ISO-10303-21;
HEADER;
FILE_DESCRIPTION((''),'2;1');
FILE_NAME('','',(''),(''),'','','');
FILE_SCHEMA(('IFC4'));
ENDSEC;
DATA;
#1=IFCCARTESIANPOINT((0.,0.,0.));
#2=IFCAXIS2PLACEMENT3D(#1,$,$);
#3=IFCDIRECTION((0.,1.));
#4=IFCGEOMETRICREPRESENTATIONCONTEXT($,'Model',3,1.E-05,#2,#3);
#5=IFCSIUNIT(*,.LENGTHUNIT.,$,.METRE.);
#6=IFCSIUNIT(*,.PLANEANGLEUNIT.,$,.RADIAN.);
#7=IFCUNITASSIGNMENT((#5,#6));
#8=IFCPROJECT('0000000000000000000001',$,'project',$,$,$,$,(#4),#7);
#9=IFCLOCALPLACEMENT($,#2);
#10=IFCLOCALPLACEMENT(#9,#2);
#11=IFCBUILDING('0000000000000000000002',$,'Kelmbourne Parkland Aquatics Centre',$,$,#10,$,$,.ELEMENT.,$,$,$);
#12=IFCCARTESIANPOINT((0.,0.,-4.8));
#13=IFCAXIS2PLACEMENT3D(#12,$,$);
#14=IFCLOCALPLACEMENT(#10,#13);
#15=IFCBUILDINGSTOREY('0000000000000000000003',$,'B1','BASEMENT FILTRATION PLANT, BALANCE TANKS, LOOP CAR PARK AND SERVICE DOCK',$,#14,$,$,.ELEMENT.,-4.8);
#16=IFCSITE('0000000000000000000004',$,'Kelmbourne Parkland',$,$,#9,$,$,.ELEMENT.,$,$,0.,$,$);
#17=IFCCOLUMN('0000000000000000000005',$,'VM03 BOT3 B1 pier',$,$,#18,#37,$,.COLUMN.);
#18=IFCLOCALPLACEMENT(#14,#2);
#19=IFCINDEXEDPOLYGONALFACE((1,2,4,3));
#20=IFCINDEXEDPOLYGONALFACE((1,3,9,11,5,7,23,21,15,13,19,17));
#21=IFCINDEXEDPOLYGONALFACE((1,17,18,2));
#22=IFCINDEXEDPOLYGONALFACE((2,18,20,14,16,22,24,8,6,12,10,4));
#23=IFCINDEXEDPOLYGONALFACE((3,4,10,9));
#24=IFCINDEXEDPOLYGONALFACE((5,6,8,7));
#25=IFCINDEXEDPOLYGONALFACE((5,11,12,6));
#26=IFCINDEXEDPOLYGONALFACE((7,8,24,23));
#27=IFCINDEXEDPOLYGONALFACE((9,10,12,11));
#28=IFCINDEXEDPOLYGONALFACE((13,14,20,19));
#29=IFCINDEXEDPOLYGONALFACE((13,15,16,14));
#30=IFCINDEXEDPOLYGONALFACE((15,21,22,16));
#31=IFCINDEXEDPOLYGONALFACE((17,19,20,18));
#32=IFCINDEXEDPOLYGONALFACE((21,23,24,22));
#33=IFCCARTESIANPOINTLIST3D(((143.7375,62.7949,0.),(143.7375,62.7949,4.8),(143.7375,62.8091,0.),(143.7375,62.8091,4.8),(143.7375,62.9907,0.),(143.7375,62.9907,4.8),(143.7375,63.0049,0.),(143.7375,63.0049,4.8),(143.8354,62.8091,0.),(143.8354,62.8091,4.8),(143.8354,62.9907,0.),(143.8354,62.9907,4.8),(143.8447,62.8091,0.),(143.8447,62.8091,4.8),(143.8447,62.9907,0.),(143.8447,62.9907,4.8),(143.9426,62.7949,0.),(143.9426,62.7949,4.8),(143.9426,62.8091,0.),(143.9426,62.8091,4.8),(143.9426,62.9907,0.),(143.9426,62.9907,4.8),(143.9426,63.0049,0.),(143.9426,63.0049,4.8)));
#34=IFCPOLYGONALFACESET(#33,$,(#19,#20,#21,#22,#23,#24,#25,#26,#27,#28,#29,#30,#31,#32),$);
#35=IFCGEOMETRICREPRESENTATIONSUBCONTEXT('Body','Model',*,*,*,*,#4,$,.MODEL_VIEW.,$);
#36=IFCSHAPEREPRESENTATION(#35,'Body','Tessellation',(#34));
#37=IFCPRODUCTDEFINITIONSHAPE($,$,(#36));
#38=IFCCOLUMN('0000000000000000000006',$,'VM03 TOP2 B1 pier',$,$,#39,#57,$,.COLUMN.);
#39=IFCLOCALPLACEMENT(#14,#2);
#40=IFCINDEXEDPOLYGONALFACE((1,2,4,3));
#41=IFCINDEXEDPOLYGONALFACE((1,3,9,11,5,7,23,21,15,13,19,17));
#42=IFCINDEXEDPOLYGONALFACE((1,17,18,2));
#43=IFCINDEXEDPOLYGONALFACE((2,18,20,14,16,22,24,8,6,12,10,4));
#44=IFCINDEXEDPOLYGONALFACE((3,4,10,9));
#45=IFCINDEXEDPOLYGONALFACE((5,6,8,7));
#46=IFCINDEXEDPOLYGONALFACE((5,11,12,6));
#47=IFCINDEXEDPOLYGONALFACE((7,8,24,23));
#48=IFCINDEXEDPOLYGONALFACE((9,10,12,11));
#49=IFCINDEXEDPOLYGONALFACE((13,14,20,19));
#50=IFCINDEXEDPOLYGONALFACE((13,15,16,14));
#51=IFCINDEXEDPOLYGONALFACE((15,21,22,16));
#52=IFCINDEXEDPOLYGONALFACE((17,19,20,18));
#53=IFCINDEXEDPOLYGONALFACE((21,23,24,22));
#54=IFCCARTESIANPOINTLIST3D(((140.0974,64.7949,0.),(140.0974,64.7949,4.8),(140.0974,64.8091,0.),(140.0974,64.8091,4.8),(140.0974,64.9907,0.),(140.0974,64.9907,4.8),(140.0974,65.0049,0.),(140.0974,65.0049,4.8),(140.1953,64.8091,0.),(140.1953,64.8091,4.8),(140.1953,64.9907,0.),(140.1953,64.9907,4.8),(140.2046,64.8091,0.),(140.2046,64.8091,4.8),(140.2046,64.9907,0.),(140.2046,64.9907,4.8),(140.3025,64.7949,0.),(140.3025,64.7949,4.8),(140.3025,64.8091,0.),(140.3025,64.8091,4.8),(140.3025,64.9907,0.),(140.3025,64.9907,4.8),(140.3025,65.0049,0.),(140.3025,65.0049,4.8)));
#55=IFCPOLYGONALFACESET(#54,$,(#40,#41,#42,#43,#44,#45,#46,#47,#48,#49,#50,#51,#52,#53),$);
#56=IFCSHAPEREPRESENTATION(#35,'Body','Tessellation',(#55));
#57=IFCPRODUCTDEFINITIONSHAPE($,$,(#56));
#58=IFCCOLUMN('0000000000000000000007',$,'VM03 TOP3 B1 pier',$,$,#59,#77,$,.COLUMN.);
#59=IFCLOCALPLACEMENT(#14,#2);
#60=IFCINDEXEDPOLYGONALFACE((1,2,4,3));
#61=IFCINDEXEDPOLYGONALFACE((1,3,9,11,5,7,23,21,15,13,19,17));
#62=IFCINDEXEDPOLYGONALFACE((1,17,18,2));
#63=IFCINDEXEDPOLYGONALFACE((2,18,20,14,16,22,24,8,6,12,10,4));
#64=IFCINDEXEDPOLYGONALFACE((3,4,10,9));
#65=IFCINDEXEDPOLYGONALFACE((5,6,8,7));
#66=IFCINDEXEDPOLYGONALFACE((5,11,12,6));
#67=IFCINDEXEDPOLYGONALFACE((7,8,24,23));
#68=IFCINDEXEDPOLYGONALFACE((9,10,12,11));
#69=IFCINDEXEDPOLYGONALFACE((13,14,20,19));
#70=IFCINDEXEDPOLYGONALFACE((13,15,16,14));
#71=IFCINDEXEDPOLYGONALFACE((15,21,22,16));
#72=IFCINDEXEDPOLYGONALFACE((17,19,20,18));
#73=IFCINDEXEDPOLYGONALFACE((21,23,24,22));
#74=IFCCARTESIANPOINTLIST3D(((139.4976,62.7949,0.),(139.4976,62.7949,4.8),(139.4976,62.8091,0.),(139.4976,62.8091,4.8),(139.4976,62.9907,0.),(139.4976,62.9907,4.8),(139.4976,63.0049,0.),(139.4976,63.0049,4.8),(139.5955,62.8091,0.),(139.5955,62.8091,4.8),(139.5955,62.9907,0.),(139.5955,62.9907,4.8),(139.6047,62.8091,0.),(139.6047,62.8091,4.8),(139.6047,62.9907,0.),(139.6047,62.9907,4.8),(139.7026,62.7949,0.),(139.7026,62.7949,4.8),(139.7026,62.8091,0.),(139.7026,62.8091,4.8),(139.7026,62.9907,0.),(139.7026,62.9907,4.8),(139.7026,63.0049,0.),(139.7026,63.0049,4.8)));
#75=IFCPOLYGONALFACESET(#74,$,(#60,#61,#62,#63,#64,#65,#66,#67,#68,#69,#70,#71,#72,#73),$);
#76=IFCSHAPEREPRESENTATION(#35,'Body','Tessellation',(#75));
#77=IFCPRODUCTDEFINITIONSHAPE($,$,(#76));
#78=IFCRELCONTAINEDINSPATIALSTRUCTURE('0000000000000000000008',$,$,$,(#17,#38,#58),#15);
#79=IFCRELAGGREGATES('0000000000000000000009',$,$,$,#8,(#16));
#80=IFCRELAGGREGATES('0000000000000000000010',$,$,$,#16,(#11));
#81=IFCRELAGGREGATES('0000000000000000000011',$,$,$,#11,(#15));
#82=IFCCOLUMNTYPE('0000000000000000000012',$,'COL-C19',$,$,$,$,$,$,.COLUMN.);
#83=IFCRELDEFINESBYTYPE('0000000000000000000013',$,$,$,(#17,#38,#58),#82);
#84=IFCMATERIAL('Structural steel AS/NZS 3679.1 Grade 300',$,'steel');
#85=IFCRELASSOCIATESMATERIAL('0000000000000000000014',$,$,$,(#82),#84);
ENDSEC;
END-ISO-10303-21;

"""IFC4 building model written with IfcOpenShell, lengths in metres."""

from ifc_helpers import new_model, si_unit, direction, frame, origin, origin_2d, place, context, subcontext, project, spatial, i_section, extrude, material, material_profile, profile_set, type_object, element, save


model = new_model("IFC4")

# Units and contexts
model_context = context("Model", 3, precision=1e-05, world=origin(), true_north=direction((0.0, 1.0)))
body_context = subcontext(model_context, "Body", "Model", "MODEL_VIEW")
ifc_project = project(units=[si_unit("LENGTHUNIT", "METRE"), si_unit("PLANEANGLEUNIT", "RADIAN")], contexts=[model_context])

# Site, building, storey
site_placement = place(None, origin())
site = spatial("IfcSite", under=ifc_project, at=site_placement, Name="Kelmbourne Parkland", CompositionType="ELEMENT", RefElevation=0.0)
building_placement = place(site_placement, origin())
building = spatial("IfcBuilding", under=site, at=building_placement, Name="Kelmbourne Parkland Aquatics Centre", CompositionType="ELEMENT")
storey_placement = place(building_placement, frame((0.0, 0.0, -4.8)))
storey = spatial("IfcBuildingStorey", under=building, at=storey_placement, Name="B1", Description="BASEMENT FILTRATION PLANT, BALANCE TANKS, LOOP CAR PARK AND SERVICE DOCK", CompositionType="ELEMENT", Elevation=-4.8)

# Columns
ifc_material_1 = material(Name="Structural steel AS/NZS 3679.1 Grade 300", Category="steel")
ifc_material_profile_1 = material_profile(ifc_material_1, i_section(OverallWidth=0.2051, OverallDepth=0.21, WebThickness=0.0093, FlangeThickness=0.0142, at=origin_2d()), Name="200UC59.5")
ifc_profile_set_1 = profile_set([ifc_material_profile_1], Name="Structural steel AS/NZS 3679.1 Grade 300")
column_type_1 = type_object("IfcColumnType", Name="COL-C19", PredefinedType="COLUMN", material=ifc_profile_set_1)
for number, where, z_axis, x_axis, name in (
    (1, (143.8401, 62.8999, 0.0), (0.0, 0.0, 1.0), (1.0, 0.0, 0.0), "VM03 BOT3 B1 pier"),
    (2, (140.2, 64.8999, 0.0), (0.0, 0.0, 1.0), (1.0, 0.0, 0.0), "VM03 TOP2 B1 pier"),
    (3, (139.6001, 62.8999, 0.0), (0.0, 0.0, 1.0), (1.0, 0.0, 0.0), "VM03 TOP3 B1 pier"),
):
    element("IfcColumn", number, at=place(storey_placement, frame(where, z_axis=z_axis, x_axis=x_axis)), inside=storey, type_object=column_type_1, Name=name, PredefinedType="COLUMN", context=body_context, shape_type="SweptSolid", body=[
        extrude(i_section(OverallWidth=0.2051, OverallDepth=0.21, WebThickness=0.0093, FlangeThickness=0.0142, at=origin_2d()), origin(), (0.0, 0.0, 1.0), 4.8),
    ])

save(model, "model.ifc")
